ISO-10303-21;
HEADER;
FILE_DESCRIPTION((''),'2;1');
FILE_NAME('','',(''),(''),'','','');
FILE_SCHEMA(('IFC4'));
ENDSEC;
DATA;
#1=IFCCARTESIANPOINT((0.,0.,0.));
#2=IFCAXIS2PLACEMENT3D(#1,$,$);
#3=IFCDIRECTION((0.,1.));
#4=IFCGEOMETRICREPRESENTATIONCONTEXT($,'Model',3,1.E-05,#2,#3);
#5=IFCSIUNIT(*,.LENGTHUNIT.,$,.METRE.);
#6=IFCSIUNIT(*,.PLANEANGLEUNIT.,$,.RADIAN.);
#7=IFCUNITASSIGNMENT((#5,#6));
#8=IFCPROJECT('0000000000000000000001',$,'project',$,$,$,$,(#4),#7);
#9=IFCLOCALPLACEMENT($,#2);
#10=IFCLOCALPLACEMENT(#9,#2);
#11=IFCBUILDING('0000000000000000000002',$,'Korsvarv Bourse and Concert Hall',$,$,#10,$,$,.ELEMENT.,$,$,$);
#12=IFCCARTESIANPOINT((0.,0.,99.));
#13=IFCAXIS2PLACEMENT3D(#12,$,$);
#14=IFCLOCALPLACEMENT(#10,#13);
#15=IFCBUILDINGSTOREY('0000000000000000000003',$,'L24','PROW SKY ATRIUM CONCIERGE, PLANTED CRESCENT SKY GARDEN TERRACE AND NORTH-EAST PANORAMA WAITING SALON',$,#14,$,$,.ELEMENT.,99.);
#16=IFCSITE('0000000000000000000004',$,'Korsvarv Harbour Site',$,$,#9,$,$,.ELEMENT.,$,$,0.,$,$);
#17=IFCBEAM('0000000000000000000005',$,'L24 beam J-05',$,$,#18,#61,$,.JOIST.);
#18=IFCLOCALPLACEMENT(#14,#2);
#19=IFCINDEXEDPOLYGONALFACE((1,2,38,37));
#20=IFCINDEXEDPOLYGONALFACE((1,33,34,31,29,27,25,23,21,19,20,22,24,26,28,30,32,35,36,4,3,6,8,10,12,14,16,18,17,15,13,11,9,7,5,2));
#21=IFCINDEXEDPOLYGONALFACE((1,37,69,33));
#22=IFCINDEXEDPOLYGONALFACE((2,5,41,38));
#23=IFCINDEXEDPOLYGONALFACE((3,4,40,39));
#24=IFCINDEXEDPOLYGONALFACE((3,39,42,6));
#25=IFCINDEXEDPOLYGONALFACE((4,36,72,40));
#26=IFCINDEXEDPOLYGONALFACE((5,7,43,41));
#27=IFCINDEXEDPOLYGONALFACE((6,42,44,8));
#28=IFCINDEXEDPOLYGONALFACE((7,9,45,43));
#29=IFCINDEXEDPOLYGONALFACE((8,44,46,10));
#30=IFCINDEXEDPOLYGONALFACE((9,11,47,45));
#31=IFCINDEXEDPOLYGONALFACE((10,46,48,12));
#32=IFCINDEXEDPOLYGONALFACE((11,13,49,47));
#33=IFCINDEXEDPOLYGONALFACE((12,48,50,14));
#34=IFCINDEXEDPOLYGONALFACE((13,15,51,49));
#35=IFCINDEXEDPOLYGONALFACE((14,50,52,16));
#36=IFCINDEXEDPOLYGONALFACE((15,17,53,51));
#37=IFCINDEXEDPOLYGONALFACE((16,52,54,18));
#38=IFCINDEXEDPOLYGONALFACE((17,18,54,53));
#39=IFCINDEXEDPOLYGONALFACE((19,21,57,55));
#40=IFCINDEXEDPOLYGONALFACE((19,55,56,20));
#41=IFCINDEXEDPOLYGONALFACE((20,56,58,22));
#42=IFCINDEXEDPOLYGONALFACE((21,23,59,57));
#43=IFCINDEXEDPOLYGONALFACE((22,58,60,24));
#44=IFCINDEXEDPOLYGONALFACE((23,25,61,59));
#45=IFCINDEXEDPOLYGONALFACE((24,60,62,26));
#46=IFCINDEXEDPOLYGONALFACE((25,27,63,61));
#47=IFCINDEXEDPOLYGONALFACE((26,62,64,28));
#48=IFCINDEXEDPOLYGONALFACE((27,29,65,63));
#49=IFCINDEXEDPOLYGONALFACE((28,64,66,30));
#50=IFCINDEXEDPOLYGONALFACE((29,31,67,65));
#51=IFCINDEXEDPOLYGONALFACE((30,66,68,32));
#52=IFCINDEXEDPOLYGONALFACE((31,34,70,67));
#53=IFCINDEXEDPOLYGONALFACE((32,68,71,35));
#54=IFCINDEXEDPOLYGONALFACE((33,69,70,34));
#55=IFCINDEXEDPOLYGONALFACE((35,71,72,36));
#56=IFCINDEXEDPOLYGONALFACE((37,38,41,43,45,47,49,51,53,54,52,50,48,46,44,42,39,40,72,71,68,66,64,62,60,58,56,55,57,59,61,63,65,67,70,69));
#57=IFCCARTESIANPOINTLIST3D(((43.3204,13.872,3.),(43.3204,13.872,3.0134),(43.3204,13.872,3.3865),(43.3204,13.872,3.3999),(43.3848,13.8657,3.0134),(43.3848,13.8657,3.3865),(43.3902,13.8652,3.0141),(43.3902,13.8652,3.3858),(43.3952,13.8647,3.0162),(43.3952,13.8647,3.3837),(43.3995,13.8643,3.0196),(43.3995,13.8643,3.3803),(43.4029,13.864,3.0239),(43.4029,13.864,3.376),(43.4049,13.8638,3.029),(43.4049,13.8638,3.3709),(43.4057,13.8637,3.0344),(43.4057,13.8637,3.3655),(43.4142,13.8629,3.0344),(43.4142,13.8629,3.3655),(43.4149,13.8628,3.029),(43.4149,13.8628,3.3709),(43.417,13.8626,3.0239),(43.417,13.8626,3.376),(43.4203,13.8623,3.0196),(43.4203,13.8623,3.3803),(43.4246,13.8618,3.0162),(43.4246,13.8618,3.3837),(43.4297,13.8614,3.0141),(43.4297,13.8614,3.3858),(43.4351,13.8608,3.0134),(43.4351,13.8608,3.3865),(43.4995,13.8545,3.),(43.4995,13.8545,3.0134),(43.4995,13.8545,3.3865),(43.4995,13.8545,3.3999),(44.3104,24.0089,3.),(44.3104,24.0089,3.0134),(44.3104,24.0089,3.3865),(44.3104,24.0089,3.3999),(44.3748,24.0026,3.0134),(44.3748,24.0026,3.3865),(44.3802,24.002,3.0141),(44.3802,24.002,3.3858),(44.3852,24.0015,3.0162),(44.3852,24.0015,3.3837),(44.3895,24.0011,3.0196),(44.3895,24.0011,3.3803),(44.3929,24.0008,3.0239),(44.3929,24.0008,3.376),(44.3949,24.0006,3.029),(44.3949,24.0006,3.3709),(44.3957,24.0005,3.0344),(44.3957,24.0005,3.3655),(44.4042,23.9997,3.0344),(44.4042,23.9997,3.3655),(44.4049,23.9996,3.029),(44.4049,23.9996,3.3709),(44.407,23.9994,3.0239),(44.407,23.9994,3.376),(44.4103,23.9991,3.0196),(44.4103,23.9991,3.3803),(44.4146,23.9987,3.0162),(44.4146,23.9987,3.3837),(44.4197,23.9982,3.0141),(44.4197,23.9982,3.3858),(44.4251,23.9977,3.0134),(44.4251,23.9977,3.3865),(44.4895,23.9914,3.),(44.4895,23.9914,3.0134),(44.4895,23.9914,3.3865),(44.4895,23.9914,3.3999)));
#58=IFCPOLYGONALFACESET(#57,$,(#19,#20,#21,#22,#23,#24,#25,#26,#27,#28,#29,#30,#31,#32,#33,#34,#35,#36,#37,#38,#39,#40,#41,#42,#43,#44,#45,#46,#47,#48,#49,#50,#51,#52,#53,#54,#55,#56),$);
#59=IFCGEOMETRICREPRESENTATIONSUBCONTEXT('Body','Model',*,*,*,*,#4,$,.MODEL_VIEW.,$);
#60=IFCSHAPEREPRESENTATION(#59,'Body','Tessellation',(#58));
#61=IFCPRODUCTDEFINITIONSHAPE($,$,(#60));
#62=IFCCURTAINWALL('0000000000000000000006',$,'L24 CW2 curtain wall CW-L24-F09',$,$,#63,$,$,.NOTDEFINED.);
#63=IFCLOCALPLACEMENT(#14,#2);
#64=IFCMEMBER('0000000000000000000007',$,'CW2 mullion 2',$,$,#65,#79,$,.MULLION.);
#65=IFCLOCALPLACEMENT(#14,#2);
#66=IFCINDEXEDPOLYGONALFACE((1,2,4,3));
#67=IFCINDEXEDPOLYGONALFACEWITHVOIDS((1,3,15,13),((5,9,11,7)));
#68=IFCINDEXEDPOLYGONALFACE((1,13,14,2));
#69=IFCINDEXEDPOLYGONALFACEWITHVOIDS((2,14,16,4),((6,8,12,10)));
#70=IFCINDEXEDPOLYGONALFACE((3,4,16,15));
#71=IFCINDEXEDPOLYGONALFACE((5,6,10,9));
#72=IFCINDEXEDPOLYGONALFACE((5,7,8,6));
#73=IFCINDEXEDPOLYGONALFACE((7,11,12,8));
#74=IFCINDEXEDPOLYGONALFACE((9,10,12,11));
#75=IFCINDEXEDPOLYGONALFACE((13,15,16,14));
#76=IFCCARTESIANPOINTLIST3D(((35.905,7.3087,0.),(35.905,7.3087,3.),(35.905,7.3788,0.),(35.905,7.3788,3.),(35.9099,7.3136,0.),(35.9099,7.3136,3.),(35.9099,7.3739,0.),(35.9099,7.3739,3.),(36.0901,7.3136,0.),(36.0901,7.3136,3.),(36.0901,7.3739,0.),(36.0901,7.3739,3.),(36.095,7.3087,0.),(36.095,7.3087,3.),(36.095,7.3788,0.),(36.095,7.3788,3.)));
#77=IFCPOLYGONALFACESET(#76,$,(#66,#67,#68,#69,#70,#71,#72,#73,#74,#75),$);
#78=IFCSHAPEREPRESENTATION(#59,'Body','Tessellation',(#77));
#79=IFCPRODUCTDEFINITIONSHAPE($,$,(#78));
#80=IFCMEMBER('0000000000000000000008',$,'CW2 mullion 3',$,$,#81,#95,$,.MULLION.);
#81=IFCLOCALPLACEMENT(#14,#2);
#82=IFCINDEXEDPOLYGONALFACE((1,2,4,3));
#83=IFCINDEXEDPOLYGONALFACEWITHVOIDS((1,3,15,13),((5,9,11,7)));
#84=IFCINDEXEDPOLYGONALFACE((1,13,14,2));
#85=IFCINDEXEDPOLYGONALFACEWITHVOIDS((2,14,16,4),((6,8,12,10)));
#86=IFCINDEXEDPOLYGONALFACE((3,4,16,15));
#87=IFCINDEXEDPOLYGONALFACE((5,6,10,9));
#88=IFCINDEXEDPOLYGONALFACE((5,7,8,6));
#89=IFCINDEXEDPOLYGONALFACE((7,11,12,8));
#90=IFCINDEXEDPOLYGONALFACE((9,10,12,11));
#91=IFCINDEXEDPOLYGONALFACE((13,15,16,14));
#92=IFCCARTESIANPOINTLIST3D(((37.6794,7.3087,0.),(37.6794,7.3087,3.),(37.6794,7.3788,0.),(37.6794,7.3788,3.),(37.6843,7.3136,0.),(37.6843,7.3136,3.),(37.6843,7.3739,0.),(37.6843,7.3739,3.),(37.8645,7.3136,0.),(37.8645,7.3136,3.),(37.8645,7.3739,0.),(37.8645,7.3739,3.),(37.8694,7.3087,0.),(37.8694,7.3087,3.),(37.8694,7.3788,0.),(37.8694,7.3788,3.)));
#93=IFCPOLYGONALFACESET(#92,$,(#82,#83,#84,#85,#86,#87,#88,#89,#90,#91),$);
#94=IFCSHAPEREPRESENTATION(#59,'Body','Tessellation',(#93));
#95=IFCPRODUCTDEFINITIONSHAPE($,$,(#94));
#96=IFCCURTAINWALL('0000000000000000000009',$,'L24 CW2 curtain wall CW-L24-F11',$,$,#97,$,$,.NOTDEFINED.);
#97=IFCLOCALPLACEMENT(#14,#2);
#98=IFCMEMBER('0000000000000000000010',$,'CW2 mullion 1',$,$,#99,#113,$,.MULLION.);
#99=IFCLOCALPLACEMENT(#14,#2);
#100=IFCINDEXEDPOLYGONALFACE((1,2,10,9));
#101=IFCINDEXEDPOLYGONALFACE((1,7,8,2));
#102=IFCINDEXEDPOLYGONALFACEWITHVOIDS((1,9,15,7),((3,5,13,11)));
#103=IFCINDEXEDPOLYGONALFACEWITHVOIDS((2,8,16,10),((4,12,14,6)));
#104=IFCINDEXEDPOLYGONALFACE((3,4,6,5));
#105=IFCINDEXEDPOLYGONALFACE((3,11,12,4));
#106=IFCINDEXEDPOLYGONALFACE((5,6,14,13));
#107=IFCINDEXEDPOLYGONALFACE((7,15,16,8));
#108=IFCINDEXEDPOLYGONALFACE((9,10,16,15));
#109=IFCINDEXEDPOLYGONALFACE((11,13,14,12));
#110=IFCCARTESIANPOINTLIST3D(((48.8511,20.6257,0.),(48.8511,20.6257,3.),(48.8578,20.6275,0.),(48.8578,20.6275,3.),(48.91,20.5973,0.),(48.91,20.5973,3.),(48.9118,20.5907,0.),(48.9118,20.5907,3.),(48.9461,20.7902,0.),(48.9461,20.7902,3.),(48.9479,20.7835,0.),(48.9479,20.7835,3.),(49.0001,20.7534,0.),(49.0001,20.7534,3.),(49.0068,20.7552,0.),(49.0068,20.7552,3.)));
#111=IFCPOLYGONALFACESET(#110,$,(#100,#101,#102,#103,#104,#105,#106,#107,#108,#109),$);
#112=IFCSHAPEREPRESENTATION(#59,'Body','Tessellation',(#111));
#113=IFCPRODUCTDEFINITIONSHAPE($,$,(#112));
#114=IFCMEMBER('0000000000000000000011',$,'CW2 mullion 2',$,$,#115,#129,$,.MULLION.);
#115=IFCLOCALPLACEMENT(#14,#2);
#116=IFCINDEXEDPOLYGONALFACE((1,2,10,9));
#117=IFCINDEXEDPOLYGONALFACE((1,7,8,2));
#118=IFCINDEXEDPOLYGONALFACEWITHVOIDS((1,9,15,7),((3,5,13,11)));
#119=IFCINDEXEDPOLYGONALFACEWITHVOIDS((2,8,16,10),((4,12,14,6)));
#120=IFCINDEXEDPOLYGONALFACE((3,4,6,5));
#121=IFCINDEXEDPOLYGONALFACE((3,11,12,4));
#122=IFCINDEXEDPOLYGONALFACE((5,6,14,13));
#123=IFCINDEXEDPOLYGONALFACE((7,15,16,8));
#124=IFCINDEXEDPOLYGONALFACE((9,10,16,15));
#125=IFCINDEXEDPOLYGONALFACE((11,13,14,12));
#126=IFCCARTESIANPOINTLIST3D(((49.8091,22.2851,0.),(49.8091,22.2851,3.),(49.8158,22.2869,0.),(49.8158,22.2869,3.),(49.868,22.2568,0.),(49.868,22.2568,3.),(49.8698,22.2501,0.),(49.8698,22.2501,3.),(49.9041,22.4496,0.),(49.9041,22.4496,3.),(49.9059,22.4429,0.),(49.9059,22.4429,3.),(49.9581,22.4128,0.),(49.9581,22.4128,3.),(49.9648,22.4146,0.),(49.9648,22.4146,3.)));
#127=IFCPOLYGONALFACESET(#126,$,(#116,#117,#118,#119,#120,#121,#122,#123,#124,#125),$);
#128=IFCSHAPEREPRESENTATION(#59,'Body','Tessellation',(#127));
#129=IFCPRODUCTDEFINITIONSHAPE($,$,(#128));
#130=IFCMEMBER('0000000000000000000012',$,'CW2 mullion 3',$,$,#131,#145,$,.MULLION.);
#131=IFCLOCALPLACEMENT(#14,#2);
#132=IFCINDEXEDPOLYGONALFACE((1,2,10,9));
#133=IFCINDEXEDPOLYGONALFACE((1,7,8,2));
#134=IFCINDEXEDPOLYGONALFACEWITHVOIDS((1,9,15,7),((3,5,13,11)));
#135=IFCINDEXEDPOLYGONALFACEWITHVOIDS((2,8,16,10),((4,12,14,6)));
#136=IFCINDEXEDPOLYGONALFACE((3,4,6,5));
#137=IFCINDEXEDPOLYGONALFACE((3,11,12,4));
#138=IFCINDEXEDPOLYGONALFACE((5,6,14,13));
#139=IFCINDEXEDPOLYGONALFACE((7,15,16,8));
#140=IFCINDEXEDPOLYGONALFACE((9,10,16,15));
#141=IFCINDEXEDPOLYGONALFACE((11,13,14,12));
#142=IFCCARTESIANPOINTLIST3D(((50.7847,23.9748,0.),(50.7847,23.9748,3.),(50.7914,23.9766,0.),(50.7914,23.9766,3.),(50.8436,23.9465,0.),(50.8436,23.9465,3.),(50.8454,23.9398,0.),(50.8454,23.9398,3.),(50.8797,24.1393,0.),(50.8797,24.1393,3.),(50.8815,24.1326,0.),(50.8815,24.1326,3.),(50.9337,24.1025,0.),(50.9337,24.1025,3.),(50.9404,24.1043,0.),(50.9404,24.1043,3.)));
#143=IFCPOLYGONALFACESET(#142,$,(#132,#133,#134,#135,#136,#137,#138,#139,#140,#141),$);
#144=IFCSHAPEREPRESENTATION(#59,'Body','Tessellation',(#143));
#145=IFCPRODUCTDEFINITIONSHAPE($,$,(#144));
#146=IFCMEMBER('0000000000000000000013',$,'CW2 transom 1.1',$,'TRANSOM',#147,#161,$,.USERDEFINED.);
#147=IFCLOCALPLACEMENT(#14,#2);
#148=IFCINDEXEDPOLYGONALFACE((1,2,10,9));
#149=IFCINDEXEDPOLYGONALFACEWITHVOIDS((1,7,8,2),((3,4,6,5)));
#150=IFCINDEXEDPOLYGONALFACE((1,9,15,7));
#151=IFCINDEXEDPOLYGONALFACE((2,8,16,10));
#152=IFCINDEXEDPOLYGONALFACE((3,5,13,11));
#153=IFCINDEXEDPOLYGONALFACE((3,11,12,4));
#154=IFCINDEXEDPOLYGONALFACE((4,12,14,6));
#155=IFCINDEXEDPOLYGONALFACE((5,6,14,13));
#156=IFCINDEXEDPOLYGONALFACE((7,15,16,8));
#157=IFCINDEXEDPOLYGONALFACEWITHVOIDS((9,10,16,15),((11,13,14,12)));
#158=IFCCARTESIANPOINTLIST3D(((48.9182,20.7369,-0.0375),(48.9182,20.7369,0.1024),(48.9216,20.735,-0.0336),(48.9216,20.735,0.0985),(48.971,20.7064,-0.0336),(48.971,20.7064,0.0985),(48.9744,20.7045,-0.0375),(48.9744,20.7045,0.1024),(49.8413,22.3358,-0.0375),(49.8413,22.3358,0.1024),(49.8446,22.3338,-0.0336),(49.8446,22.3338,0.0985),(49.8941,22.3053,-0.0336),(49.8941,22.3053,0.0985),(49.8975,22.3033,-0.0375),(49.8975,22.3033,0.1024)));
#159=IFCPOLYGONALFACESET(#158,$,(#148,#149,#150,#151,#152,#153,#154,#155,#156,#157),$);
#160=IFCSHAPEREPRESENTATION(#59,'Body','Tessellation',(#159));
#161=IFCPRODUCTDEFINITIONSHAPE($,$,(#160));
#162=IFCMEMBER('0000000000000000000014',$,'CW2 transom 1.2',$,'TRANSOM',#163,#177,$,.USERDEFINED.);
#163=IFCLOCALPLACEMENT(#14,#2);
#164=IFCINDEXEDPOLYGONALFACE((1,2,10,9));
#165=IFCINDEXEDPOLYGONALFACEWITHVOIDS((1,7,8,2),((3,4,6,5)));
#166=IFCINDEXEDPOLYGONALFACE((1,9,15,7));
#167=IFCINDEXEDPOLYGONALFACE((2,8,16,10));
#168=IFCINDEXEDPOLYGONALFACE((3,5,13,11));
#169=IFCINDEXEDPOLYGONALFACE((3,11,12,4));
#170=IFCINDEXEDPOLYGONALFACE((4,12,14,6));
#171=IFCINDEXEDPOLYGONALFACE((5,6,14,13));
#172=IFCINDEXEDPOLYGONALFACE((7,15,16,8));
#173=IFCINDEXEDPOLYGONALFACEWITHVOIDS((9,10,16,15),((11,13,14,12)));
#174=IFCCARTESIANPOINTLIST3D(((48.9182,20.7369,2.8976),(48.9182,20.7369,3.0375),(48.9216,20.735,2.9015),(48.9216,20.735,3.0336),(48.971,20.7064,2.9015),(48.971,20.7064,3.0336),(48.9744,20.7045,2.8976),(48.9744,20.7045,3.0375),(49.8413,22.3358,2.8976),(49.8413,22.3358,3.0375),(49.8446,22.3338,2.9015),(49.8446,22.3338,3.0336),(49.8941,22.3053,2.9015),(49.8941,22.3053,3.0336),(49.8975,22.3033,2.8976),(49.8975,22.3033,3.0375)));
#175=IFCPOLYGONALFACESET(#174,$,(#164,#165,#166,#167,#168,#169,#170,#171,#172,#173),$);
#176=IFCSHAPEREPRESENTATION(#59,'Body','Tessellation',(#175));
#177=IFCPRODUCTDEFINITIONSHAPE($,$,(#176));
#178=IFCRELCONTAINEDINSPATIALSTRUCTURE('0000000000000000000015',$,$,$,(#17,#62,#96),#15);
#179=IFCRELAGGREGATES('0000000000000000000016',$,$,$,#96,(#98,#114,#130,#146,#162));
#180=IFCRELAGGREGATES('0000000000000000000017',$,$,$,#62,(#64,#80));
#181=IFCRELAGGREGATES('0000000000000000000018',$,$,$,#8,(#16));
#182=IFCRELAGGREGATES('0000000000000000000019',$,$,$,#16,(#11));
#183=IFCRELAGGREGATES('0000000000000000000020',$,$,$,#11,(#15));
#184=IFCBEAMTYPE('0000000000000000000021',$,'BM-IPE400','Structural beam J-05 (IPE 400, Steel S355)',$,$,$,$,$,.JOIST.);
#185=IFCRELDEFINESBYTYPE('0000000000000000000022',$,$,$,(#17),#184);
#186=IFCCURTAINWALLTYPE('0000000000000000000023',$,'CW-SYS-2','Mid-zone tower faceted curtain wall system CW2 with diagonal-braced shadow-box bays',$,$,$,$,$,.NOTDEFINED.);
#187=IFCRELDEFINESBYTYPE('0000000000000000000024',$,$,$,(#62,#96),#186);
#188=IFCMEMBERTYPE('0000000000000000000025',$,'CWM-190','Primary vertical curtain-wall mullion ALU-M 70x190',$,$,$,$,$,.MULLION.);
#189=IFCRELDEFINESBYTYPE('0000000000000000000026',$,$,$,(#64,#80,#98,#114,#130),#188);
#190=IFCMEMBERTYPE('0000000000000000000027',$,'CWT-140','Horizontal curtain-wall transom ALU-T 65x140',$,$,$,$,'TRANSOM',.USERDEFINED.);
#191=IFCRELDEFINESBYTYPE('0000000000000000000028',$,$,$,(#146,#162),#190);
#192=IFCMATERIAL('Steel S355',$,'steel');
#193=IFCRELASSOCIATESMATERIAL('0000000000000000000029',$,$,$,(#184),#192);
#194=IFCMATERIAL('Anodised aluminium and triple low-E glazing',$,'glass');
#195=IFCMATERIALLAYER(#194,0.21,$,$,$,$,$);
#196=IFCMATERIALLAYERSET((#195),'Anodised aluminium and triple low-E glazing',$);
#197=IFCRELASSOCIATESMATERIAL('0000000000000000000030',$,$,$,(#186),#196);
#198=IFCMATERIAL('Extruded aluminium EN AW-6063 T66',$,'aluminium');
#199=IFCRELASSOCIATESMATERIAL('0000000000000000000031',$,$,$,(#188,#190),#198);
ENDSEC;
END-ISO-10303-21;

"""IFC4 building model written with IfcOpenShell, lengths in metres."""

from ifc_helpers import new_model, si_unit, direction, frame, origin, origin_2d, place, context, subcontext, project, spatial, hollow_rectangle, i_section, extrude, source, transform, mapped, material, layer, layer_set, material_profile, profile_set, type_object, element, aggregate, save


model = new_model("IFC4")

# Units and contexts
model_context = context("Model", 3, precision=1e-05, world=origin(), true_north=direction((0.0, 1.0)))
body_context = subcontext(model_context, "Body", "Model", "MODEL_VIEW")
ifc_project = project(units=[si_unit("LENGTHUNIT", "METRE"), si_unit("PLANEANGLEUNIT", "RADIAN")], contexts=[model_context])

# Site, building, storey
site_placement = place(None, origin())
site = spatial("IfcSite", under=ifc_project, at=site_placement, Name="Korsvarv Harbour Site", CompositionType="ELEMENT", RefElevation=0.0)
building_placement = place(site_placement, origin())
building = spatial("IfcBuilding", under=site, at=building_placement, Name="Korsvarv Bourse and Concert Hall", CompositionType="ELEMENT")
storey_placement = place(building_placement, frame((0.0, 0.0, 99.0)))
storey = spatial("IfcBuildingStorey", under=building, at=storey_placement, Name="L24", Description="PROW SKY ATRIUM CONCIERGE, PLANTED CRESCENT SKY GARDEN TERRACE AND NORTH-EAST PANORAMA WAITING SALON", CompositionType="ELEMENT", Elevation=99.0)

# Beam
ifc_material_1 = material(Name="Steel S355", Category="steel")
ifc_material_profile_1 = material_profile(ifc_material_1, i_section(OverallWidth=0.1799, OverallDepth=0.3999, WebThickness=0.0085, FlangeThickness=0.0134, FilletRadius=0.021, at=origin_2d()), Name="IPE 400")
ifc_profile_set_1 = profile_set([ifc_material_profile_1], Name="Steel S355")
beam_type_1 = type_object("IfcBeamType", Name="BM-IPE400", Description="Structural beam J-05 (IPE 400, Steel S355)", PredefinedType="JOIST", material=ifc_profile_set_1)
shared_shape_1 = source(origin(), body_context, "Body", "SweptSolid", [
    extrude(i_section(OverallWidth=0.1799, OverallDepth=0.3999, WebThickness=0.0085, FlangeThickness=0.0134, FilletRadius=0.021, at=origin_2d()), origin(), (0.0, 0.0, 1.0), 10.1851),
])
beam_1_placement = place(storey_placement, frame((43.4099, 13.8633, 3.2), z_axis=(0.097201, 0.995265, 0.0), x_axis=(-0.995265, 0.097201, 0.0)))
element("IfcBeam", 1, at=beam_1_placement, inside=storey, type_object=beam_type_1, Name="L24 beam J-05", PredefinedType="JOIST", context=body_context, shape_type="MappedRepresentation", body=[
    mapped(shared_shape_1, transform((0.0, 0.0, 0.0), scale=1.0)),
])

# Curtain walls, members
ifc_material_2 = material(Name="Anodised aluminium and triple low-E glazing", Category="glass")
ifc_layer_1 = layer(ifc_material_2, 0.21)
ifc_layer_set_1 = layer_set([ifc_layer_1], Name="Anodised aluminium and triple low-E glazing")
curtain_wall_type = type_object("IfcCurtainWallType", Name="CW-SYS-2", Description="Mid-zone tower faceted curtain wall system CW2 with diagonal-braced shadow-box bays", PredefinedType="NOTDEFINED", material=ifc_layer_set_1)
curtain_wall_1_placement = place(storey_placement, origin())
curtain_wall_1 = element("IfcCurtainWall", 2, at=curtain_wall_1_placement, inside=storey, type_object=curtain_wall_type, Name="L24 CW2 curtain wall CW-L24-F09", PredefinedType="NOTDEFINED")
ifc_material_3 = material(Name="Extruded aluminium EN AW-6063 T66", Category="aluminium")
ifc_material_profile_2 = material_profile(ifc_material_3, hollow_rectangle(XDim=0.0701, YDim=0.1899, WallThickness=0.0049, at=origin_2d()), Name="ALU-M 70x190")
ifc_profile_set_2 = profile_set([ifc_material_profile_2], Name="Extruded aluminium EN AW-6063 T66")
member_type_1 = type_object("IfcMemberType", Name="CWM-190", Description="Primary vertical curtain-wall mullion ALU-M 70x190", PredefinedType="MULLION", material=ifc_profile_set_2)
shared_shape_2 = source(origin(), body_context, "Body", "SweptSolid", [
    extrude(hollow_rectangle(XDim=0.0701, YDim=0.1899, WallThickness=0.0049, at=origin_2d()), origin(), (0.0, 0.0, 1.0), 3.0),
])
member_1_placement = place(storey_placement, frame((36.0, 7.3438, 0.0), z_axis=(0.0, 0.0, 1.0), x_axis=(0.0, 1.0, 0.0)))
member_1 = element("IfcMember", 3, at=member_1_placement, type_object=member_type_1, Name="CW2 mullion 2", PredefinedType="MULLION", context=body_context, shape_type="MappedRepresentation", body=[
    mapped(shared_shape_2, transform((0.0, 0.0, 0.0), scale=1.0)),
])
member_2_placement = place(storey_placement, frame((37.7744, 7.3438, 0.0), z_axis=(0.0, 0.0, 1.0), x_axis=(0.0, 1.0, 0.0)))
member_2 = element("IfcMember", 4, at=member_2_placement, type_object=member_type_1, Name="CW2 mullion 3", PredefinedType="MULLION", context=body_context, shape_type="MappedRepresentation", body=[
    mapped(shared_shape_2, transform((0.0, 0.0, 0.0), scale=1.0)),
])
curtain_wall_2_placement = place(storey_placement, origin())
curtain_wall_2 = element("IfcCurtainWall", 5, at=curtain_wall_2_placement, inside=storey, type_object=curtain_wall_type, Name="L24 CW2 curtain wall CW-L24-F11", PredefinedType="NOTDEFINED")
member_3_placement = place(storey_placement, frame((48.929, 20.6904, 0.0), z_axis=(0.0, 0.0, 1.0), x_axis=(-0.866024, 0.500002, 0.0)))
member_3 = element("IfcMember", 6, at=member_3_placement, type_object=member_type_1, Name="CW2 mullion 1", PredefinedType="MULLION", context=body_context, shape_type="MappedRepresentation", body=[
    mapped(shared_shape_2, transform((0.0, 0.0, 0.0), scale=1.0)),
])
member_4_placement = place(storey_placement, frame((49.887, 22.3499, 0.0), z_axis=(0.0, 0.0, 1.0), x_axis=(-0.866024, 0.500002, 0.0)))
member_4 = element("IfcMember", 7, at=member_4_placement, type_object=member_type_1, Name="CW2 mullion 2", PredefinedType="MULLION", context=body_context, shape_type="MappedRepresentation", body=[
    mapped(shared_shape_2, transform((0.0, 0.0, 0.0), scale=1.0)),
])
member_5_placement = place(storey_placement, frame((50.8625, 24.0396, 0.0), z_axis=(0.0, 0.0, 1.0), x_axis=(-0.866024, 0.500002, 0.0)))
member_5 = element("IfcMember", 8, at=member_5_placement, type_object=member_type_1, Name="CW2 mullion 3", PredefinedType="MULLION", context=body_context, shape_type="MappedRepresentation", body=[
    mapped(shared_shape_2, transform((0.0, 0.0, 0.0), scale=1.0)),
])
ifc_material_profile_3 = material_profile(ifc_material_3, hollow_rectangle(XDim=0.0649, YDim=0.1399, WallThickness=0.0039, at=origin_2d()), Name="ALU-T 65x140")
ifc_profile_set_3 = profile_set([ifc_material_profile_3], Name="Extruded aluminium EN AW-6063 T66")
member_type_2 = type_object("IfcMemberType", Name="CWT-140", Description="Horizontal curtain-wall transom ALU-T 65x140", ElementType="TRANSOM", PredefinedType="USERDEFINED", material=ifc_profile_set_3)
shared_shape_3 = source(origin(), body_context, "Body", "SweptSolid", [
    extrude(hollow_rectangle(XDim=0.0649, YDim=0.1399, WallThickness=0.0039, at=origin_2d()), origin(), (0.0, 0.0, 1.0), 1.8462),
])
member_6_placement = place(storey_placement, frame((48.9463, 20.7207, 0.0325), z_axis=(0.499993, 0.866029, 0.0), x_axis=(-0.866029, 0.499993, 0.0)))
member_6 = element("IfcMember", 9, at=member_6_placement, type_object=member_type_2, Name="CW2 transom 1.1", ObjectType="TRANSOM", PredefinedType="USERDEFINED", context=body_context, shape_type="MappedRepresentation", body=[
    mapped(shared_shape_3, transform((0.0, 0.0, 0.0), scale=1.0)),
])
member_7_placement = place(storey_placement, frame((48.9463, 20.7207, 2.9675), z_axis=(0.499993, 0.866029, 0.0), x_axis=(-0.866029, 0.499993, 0.0)))
member_7 = element("IfcMember", 10, at=member_7_placement, type_object=member_type_2, Name="CW2 transom 1.2", ObjectType="TRANSOM", PredefinedType="USERDEFINED", context=body_context, shape_type="MappedRepresentation", body=[
    mapped(shared_shape_3, transform((0.0, 0.0, 0.0), scale=1.0)),
])

aggregate(curtain_wall_2, [member_3, member_4, member_5, member_6, member_7])
aggregate(curtain_wall_1, [member_1, member_2])

save(model, "model.ifc")
